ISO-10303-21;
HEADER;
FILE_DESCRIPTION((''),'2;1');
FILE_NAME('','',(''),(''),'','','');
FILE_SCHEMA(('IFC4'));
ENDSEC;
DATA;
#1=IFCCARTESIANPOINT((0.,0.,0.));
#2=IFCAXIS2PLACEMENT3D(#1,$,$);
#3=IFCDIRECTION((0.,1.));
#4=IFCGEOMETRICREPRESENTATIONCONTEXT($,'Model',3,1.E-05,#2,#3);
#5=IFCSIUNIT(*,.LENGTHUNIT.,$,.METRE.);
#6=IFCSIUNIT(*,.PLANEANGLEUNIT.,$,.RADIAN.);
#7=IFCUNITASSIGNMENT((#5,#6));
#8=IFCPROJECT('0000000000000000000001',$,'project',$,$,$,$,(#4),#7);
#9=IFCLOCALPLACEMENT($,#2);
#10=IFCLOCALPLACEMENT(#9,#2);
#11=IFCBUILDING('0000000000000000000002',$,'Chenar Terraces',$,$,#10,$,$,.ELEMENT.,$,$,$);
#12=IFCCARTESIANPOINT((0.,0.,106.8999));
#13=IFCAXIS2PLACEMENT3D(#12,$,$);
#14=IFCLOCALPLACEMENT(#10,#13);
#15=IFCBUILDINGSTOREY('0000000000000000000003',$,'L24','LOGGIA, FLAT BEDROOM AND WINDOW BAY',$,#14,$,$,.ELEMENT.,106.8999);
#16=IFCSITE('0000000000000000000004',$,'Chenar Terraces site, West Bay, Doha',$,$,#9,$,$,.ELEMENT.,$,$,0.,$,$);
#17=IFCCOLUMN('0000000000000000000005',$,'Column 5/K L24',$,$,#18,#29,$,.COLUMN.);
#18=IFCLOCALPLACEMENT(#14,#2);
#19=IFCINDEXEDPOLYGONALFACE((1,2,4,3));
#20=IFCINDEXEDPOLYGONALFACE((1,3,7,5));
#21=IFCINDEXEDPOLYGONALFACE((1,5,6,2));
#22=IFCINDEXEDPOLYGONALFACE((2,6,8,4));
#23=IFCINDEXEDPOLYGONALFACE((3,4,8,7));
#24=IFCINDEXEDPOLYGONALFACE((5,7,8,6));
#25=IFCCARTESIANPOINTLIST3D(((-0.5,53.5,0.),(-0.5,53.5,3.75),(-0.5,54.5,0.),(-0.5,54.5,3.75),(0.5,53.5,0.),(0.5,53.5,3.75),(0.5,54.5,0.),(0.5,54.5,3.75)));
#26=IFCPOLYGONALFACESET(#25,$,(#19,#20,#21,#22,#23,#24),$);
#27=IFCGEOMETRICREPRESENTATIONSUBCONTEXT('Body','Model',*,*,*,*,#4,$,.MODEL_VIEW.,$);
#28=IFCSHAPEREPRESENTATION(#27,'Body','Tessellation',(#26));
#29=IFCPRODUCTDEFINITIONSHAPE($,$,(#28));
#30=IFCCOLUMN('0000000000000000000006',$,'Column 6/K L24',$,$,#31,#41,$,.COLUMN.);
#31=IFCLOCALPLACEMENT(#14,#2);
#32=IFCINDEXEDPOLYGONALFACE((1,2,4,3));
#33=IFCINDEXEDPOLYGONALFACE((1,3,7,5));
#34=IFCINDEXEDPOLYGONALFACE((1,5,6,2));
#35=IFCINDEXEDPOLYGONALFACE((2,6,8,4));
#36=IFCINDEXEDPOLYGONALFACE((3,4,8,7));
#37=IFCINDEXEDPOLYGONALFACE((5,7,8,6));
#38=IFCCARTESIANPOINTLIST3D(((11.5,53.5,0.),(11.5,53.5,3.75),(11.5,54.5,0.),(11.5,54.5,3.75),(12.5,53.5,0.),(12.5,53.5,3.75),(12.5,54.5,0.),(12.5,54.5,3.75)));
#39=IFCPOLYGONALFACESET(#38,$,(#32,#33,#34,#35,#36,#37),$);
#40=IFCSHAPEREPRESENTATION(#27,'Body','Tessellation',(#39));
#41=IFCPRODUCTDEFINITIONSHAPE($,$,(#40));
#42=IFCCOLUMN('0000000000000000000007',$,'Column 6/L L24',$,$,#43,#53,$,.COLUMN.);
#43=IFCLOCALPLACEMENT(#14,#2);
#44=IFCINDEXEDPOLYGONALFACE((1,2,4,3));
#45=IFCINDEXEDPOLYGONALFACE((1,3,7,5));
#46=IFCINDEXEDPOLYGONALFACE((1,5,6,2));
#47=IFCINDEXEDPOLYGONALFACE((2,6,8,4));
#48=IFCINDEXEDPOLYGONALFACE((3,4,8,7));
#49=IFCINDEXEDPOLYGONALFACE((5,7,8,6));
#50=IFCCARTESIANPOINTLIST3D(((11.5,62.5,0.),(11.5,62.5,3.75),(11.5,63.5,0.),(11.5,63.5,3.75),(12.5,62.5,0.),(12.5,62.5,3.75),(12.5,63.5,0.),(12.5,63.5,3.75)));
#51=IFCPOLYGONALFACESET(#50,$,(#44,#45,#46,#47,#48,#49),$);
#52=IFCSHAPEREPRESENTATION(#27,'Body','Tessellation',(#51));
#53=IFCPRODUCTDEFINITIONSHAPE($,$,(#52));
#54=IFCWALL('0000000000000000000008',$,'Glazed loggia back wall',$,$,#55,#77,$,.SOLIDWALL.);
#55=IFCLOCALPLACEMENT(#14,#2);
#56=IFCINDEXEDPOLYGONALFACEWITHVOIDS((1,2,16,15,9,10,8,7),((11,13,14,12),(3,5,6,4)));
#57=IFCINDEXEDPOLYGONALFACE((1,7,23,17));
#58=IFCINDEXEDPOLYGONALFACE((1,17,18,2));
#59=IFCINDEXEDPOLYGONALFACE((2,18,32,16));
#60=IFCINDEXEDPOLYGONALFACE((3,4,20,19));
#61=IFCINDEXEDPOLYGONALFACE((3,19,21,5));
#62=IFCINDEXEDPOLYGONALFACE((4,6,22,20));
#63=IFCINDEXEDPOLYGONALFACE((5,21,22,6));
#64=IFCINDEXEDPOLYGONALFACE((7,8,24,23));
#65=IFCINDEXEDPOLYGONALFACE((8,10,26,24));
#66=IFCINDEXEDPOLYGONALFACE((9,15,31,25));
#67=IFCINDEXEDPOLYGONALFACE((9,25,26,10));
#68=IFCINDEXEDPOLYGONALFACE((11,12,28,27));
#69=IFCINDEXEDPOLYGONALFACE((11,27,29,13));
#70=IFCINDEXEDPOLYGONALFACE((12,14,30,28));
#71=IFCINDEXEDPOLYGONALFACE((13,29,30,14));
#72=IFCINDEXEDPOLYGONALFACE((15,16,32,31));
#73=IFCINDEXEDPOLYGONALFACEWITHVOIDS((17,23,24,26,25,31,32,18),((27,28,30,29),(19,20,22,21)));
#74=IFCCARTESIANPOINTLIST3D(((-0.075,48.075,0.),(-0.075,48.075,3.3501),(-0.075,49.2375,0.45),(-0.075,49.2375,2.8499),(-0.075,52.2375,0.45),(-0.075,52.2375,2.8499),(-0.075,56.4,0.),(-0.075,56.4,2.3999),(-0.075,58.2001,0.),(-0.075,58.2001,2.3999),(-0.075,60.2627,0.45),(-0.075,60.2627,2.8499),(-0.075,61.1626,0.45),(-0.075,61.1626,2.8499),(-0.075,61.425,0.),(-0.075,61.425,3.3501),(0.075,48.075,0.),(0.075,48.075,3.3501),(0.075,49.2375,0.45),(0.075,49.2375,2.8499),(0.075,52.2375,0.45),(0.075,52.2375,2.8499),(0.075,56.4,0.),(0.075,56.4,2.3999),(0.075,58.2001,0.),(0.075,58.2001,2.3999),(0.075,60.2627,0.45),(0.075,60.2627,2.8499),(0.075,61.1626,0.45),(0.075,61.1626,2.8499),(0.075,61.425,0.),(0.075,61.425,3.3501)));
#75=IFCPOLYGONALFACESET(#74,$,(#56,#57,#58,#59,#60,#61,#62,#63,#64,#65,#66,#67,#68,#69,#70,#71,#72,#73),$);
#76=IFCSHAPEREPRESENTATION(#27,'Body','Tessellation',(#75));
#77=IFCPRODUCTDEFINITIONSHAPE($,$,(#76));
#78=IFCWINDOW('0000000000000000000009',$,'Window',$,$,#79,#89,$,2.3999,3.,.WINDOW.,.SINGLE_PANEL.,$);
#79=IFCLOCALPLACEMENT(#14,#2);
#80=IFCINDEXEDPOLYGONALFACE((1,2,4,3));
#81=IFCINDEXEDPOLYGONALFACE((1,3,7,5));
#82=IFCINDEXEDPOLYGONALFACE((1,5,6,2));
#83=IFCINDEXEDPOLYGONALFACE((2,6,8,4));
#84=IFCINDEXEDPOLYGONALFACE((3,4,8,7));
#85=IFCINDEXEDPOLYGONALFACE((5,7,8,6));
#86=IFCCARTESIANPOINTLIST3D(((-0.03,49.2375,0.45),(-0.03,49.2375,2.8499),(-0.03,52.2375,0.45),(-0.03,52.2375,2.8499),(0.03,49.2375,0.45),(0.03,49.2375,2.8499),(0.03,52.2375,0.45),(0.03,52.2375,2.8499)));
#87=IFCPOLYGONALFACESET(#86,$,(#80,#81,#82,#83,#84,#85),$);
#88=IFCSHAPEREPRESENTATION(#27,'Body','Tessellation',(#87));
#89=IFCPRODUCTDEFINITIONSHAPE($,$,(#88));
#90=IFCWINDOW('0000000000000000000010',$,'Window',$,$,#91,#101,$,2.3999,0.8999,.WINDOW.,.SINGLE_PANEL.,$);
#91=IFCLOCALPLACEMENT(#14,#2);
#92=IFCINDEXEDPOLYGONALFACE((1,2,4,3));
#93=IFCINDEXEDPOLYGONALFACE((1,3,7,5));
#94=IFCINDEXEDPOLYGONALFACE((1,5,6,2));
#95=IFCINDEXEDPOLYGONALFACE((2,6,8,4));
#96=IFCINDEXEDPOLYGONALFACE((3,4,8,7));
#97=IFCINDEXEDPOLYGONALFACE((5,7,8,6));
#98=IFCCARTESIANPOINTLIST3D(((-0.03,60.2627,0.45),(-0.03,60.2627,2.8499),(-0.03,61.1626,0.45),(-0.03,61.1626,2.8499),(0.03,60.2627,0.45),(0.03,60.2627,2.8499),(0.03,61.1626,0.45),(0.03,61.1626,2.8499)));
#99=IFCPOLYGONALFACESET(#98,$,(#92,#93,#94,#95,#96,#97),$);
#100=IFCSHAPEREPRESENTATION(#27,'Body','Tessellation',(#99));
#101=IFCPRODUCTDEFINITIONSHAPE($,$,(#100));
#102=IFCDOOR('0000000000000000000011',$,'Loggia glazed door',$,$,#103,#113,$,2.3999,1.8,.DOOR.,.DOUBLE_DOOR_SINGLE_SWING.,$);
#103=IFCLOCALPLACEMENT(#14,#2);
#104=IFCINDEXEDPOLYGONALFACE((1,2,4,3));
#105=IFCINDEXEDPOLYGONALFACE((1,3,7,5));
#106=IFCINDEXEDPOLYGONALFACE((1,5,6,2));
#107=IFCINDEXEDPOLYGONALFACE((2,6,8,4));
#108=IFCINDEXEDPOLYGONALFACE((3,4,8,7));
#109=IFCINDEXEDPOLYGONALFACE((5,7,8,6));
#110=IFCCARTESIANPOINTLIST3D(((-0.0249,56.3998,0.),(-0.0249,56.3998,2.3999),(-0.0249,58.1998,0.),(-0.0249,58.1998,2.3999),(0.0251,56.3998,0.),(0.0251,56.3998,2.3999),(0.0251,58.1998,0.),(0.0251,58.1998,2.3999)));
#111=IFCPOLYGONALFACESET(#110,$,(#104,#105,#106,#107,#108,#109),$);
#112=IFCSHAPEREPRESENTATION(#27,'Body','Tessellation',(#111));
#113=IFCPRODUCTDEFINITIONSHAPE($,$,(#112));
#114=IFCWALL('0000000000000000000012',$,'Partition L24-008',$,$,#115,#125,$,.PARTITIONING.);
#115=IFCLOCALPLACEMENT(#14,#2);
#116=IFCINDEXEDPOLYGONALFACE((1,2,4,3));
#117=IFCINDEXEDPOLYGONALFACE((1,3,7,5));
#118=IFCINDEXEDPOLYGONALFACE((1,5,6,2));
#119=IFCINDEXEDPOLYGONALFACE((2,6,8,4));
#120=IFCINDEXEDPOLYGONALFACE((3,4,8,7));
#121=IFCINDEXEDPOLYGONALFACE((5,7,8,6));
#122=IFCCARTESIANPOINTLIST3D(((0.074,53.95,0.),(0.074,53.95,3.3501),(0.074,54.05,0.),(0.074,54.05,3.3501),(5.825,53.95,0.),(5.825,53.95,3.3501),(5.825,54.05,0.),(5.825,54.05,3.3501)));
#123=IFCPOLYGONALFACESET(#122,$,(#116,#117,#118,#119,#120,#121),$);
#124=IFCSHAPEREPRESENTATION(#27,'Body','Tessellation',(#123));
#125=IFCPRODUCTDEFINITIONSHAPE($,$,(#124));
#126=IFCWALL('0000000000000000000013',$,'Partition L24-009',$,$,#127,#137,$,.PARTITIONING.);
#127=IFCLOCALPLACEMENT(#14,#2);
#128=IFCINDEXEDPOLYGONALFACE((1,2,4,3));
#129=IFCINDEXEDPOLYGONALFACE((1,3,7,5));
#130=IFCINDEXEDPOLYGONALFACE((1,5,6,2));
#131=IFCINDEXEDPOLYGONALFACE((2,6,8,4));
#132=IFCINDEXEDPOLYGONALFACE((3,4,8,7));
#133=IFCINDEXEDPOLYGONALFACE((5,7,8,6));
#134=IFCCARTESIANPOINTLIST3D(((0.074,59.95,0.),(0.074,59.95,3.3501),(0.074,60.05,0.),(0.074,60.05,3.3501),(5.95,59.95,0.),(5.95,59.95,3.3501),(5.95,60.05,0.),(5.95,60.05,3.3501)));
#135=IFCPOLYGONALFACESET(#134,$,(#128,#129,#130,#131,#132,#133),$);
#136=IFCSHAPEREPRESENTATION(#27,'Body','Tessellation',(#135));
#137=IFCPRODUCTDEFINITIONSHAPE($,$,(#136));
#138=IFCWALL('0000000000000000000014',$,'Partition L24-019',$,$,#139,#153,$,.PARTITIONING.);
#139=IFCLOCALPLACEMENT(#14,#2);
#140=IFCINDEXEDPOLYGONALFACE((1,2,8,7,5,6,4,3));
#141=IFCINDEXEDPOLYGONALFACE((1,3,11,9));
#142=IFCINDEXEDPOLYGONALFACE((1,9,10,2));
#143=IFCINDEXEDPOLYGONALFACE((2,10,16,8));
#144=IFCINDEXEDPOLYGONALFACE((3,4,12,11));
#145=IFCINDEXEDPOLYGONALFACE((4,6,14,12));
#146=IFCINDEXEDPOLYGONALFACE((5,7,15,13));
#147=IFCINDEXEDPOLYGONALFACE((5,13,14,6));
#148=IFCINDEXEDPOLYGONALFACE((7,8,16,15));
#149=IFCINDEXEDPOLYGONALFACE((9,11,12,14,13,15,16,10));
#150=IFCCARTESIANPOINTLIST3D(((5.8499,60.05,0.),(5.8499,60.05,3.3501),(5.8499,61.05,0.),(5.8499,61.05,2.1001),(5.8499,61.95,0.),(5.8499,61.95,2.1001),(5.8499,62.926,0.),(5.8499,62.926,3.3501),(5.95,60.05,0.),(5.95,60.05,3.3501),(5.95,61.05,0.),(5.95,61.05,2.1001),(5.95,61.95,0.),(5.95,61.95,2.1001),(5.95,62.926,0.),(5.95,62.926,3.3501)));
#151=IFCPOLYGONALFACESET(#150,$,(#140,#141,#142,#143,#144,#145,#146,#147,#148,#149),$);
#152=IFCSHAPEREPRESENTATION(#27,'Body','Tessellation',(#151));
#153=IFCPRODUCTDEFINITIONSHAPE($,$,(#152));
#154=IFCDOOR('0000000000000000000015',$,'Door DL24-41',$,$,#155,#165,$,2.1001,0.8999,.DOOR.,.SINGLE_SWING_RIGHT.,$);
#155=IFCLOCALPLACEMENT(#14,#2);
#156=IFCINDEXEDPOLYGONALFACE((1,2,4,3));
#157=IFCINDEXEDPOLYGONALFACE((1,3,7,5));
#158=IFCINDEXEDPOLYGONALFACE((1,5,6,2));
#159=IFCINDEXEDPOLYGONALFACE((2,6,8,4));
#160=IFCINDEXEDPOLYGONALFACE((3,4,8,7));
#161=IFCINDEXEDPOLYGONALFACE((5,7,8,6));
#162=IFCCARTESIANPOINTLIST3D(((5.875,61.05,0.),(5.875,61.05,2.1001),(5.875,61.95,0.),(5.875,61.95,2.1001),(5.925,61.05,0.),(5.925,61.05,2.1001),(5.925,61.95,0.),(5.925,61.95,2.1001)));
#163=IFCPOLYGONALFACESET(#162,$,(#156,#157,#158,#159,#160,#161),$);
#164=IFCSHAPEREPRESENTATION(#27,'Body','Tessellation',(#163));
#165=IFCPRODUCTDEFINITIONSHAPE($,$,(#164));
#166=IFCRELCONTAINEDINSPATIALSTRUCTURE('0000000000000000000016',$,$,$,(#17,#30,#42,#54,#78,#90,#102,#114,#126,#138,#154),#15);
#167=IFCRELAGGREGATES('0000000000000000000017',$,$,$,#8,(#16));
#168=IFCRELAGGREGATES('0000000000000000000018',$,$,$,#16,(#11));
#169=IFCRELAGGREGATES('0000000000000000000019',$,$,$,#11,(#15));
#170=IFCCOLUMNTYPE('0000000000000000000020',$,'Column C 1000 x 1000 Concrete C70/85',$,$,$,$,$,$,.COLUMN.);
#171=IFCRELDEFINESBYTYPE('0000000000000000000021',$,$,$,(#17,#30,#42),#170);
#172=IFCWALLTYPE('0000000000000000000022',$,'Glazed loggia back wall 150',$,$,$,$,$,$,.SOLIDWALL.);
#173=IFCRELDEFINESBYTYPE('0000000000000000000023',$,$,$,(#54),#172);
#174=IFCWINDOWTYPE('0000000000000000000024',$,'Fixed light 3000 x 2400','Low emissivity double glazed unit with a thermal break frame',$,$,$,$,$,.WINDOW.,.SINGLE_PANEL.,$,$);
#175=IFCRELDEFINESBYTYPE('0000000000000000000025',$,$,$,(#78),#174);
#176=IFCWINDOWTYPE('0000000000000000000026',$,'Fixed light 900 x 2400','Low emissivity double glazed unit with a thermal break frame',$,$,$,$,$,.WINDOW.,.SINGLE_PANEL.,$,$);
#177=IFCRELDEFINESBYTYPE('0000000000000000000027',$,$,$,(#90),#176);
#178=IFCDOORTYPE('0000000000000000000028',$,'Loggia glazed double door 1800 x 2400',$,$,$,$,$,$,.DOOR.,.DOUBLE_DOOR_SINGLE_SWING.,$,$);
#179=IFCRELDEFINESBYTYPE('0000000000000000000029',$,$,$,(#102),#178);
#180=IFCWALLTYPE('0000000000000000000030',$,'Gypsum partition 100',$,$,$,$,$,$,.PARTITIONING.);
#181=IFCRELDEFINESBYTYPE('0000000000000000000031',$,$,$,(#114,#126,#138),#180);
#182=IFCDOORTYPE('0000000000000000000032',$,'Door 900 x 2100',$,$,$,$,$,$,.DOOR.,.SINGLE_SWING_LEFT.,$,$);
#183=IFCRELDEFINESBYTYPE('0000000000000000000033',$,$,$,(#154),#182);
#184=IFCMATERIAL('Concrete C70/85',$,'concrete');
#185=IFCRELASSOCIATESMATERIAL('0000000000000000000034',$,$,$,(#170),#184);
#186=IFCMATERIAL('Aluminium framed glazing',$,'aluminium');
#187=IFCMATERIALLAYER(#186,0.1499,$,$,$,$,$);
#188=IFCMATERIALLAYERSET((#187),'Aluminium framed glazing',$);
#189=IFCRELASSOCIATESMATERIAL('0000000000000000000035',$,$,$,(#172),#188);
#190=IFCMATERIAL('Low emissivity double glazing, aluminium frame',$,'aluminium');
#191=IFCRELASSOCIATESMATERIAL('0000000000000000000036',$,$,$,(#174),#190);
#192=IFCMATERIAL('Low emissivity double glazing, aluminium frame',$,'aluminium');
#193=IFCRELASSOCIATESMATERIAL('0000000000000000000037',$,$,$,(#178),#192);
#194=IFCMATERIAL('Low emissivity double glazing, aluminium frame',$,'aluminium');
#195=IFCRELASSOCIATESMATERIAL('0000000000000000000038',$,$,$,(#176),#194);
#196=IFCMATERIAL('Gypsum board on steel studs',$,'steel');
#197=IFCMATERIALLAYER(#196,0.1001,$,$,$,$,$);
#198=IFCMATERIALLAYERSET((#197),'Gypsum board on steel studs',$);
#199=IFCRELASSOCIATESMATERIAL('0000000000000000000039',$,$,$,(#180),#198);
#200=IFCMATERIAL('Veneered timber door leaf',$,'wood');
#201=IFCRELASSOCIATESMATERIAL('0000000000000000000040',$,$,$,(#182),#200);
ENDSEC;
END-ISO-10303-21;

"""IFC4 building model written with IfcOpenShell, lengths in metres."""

from ifc_helpers import new_model, si_unit, direction, frame, frame_2d, origin, origin_2d, place, context, subcontext, project, spatial, rectangle, extrude, material, layer, layer_set, material_profile, profile_set, type_object, element, fill, save


model = new_model("IFC4")

# Units and contexts
model_context = context("Model", 3, precision=1e-05, world=origin(), true_north=direction((0.0, 1.0)))
body_context = subcontext(model_context, "Body", "Model", "MODEL_VIEW")
ifc_project = project(units=[si_unit("LENGTHUNIT", "METRE"), si_unit("PLANEANGLEUNIT", "RADIAN")], contexts=[model_context])

# Site, building, storey
site_placement = place(None, origin())
site = spatial("IfcSite", under=ifc_project, at=site_placement, Name="Chenar Terraces site, West Bay, Doha", CompositionType="ELEMENT", RefElevation=0.0)
building_placement = place(site_placement, origin())
building = spatial("IfcBuilding", under=site, at=building_placement, Name="Chenar Terraces", CompositionType="ELEMENT")
storey_placement = place(building_placement, frame((0.0, 0.0, 106.8999)))
storey = spatial("IfcBuildingStorey", under=building, at=storey_placement, Name="L24", Description="LOGGIA, FLAT BEDROOM AND WINDOW BAY", CompositionType="ELEMENT", Elevation=106.8999)

# Columns
ifc_material_1 = material(Name="Concrete C70/85", Category="concrete")
ifc_material_profile_1 = material_profile(ifc_material_1, rectangle(XDim=1.0, YDim=1.0, at=origin_2d()), Name="C 1000 x 1000")
ifc_profile_set_1 = profile_set([ifc_material_profile_1], Name="Concrete C70/85")
column_type = type_object("IfcColumnType", Name="Column C 1000 x 1000 Concrete C70/85", PredefinedType="COLUMN", material=ifc_profile_set_1)
for number, where, z_axis, x_axis, name in (
    (1, (0.0, 54.0, 0.0), (0.0, 0.0, 1.0), (1.0, 0.0, 0.0), "Column 5/K L24"),
    (2, (12.0, 54.0, 0.0), (0.0, 0.0, 1.0), (1.0, 0.0, 0.0), "Column 6/K L24"),
    (3, (12.0, 63.0, 0.0), (0.0, 0.0, 1.0), (1.0, 0.0, 0.0), "Column 6/L L24"),
):
    element("IfcColumn", number, at=place(storey_placement, frame(where, z_axis=z_axis, x_axis=x_axis)), inside=storey, type_object=column_type, Name=name, PredefinedType="COLUMN", context=body_context, shape_type="SweptSolid", body=[
        extrude(rectangle(XDim=1.0, YDim=1.0, at=origin_2d()), origin(), (0.0, 0.0, 1.0), 3.75),
    ])

# Shared definitions
ifc_material_2 = material(Name="Aluminium framed glazing", Category="aluminium")
ifc_layer_1 = layer(ifc_material_2, 0.1499)
ifc_layer_set_1 = layer_set([ifc_layer_1], Name="Aluminium framed glazing")
wall_type_1 = type_object("IfcWallType", Name="Glazed loggia back wall 150", PredefinedType="SOLIDWALL", material=ifc_layer_set_1)
ifc_material_3 = material(Name="Low emissivity double glazing, aluminium frame", Category="aluminium")
window_type_1 = type_object("IfcWindowType", Name="Fixed light 3000 x 2400", Description="Low emissivity double glazed unit with a thermal break frame", PartitioningType="SINGLE_PANEL", PredefinedType="WINDOW", material=ifc_material_3)
ifc_material_4 = material(Name="Low emissivity double glazing, aluminium frame", Category="aluminium")
door_type_1 = type_object("IfcDoorType", Name="Loggia glazed double door 1800 x 2400", OperationType="DOUBLE_DOOR_SINGLE_SWING", PredefinedType="DOOR", material=ifc_material_4)

# Wall, openings, windows, door
wall_1_placement = place(storey_placement, frame((0.0, 61.425, 0.0), z_axis=(0.0, 0.0, 1.0), x_axis=(0.0, -1.0, 0.0)))
wall_1 = element("IfcWall", 4, at=wall_1_placement, inside=storey, type_object=wall_type_1, Name="Glazed loggia back wall", PredefinedType="SOLIDWALL", context=body_context, shape_type="SweptSolid", body=[
    extrude(rectangle(XDim=13.3501, YDim=0.1499, at=frame_2d((6.675, 0.0))), origin(), (0.0, 0.0, 1.0), 3.3501),
])
opening_1_placement = place(wall_1_placement, frame((0.2625, 0.0, 0.45)))
opening_1 = element("IfcOpeningElement", 5, at=opening_1_placement, cuts=wall_1, PredefinedType="OPENING", context=body_context, shape_type="SweptSolid", body=[
    extrude(rectangle(XDim=0.8999, YDim=2.3999, at=frame_2d((0.45, 1.2))), frame((0.0, 0.085, 0.0), z_axis=(0.0, -1.0, 0.0), x_axis=(1.0, 0.0, 0.0)), (0.0, 0.0, 1.0), 0.1699),
])
opening_2_placement = place(wall_1_placement, frame((3.2251, 0.0, 0.0)))
opening_2 = element("IfcOpeningElement", 6, at=opening_2_placement, cuts=wall_1, PredefinedType="OPENING", context=body_context, shape_type="SweptSolid", body=[
    extrude(rectangle(XDim=1.8, YDim=2.3999, at=frame_2d((0.8999, 1.2))), frame((0.0, 0.085, 0.0), z_axis=(0.0, -1.0, 0.0), x_axis=(1.0, 0.0, 0.0)), (0.0, 0.0, 1.0), 0.1699),
])
opening_3_placement = place(wall_1_placement, frame((9.1875, 0.0, 0.45)))
opening_3 = element("IfcOpeningElement", 7, at=opening_3_placement, cuts=wall_1, PredefinedType="OPENING", context=body_context, shape_type="SweptSolid", body=[
    extrude(rectangle(XDim=3.0, YDim=2.3999, at=frame_2d((1.5, 1.2))), frame((0.0, 0.085, 0.0), z_axis=(0.0, -1.0, 0.0), x_axis=(1.0, 0.0, 0.0)), (0.0, 0.0, 1.0), 0.1699),
])
window_1_placement = place(opening_3_placement, origin())
window_1 = element("IfcWindow", 8, at=window_1_placement, inside=storey, type_object=window_type_1, Name="Window", OverallHeight=2.3999, OverallWidth=3.0, PartitioningType="SINGLE_PANEL", PredefinedType="WINDOW", context=body_context, shape_type="SweptSolid", body=[
    extrude(rectangle(XDim=3.0, YDim=2.3999, at=frame_2d((1.5, 1.2))), frame((0.0, 0.03, 0.0), z_axis=(0.0, -1.0, 0.0), x_axis=(1.0, 0.0, 0.0)), (0.0, 0.0, 1.0), 0.0601),
])
fill(opening_3, window_1)
ifc_material_5 = material(Name="Low emissivity double glazing, aluminium frame", Category="aluminium")
window_type_2 = type_object("IfcWindowType", Name="Fixed light 900 x 2400", Description="Low emissivity double glazed unit with a thermal break frame", PartitioningType="SINGLE_PANEL", PredefinedType="WINDOW", material=ifc_material_5)
window_2_placement = place(opening_1_placement, origin())
window_2 = element("IfcWindow", 9, at=window_2_placement, inside=storey, type_object=window_type_2, Name="Window", OverallHeight=2.3999, OverallWidth=0.8999, PartitioningType="SINGLE_PANEL", PredefinedType="WINDOW", context=body_context, shape_type="SweptSolid", body=[
    extrude(rectangle(XDim=0.8999, YDim=2.3999, at=frame_2d((0.45, 1.2))), frame((0.0, 0.03, 0.0), z_axis=(0.0, -1.0, 0.0), x_axis=(1.0, 0.0, 0.0)), (0.0, 0.0, 1.0), 0.0601),
])
fill(opening_1, window_2)
door_1_placement = place(opening_2_placement, frame((1.8, 0.0, 0.0), z_axis=(0.0, 0.0, 1.0), x_axis=(-1.0, 0.0, 0.0)))
door_1 = element("IfcDoor", 10, at=door_1_placement, inside=storey, type_object=door_type_1, Name="Loggia glazed door", OperationType="DOUBLE_DOOR_SINGLE_SWING", OverallHeight=2.3999, OverallWidth=1.8, PredefinedType="DOOR", context=body_context, shape_type="SweptSolid", body=[
    extrude(rectangle(XDim=1.8, YDim=2.3999, at=frame_2d((0.8999, 1.2))), frame((0.0, 0.0249, 0.0), z_axis=(0.0, -1.0, 0.0), x_axis=(1.0, 0.0, 0.0)), (0.0, 0.0, 1.0), 0.05),
])
fill(opening_2, door_1)

# Walls
ifc_material_6 = material(Name="Gypsum board on steel studs", Category="steel")
ifc_layer_2 = layer(ifc_material_6, 0.1001)
ifc_layer_set_2 = layer_set([ifc_layer_2], Name="Gypsum board on steel studs")
wall_type_2 = type_object("IfcWallType", Name="Gypsum partition 100", PredefinedType="PARTITIONING", material=ifc_layer_set_2)
wall_2_placement = place(storey_placement, frame((0.074, 54.0, 0.0), z_axis=(0.0, 0.0, 1.0), x_axis=(1.0, 0.0, 0.0)))
element("IfcWall", 11, at=wall_2_placement, inside=storey, type_object=wall_type_2, Name="Partition L24-008", PredefinedType="PARTITIONING", context=body_context, shape_type="SweptSolid", body=[
    extrude(rectangle(XDim=5.751, YDim=0.1001, at=frame_2d((2.8755, 0.0))), origin(), (0.0, 0.0, 1.0), 3.3501),
])
wall_3_placement = place(storey_placement, frame((0.074, 60.0, 0.0), z_axis=(0.0, 0.0, 1.0), x_axis=(1.0, 0.0, 0.0)))
element("IfcWall", 12, at=wall_3_placement, inside=storey, type_object=wall_type_2, Name="Partition L24-009", PredefinedType="PARTITIONING", context=body_context, shape_type="SweptSolid", body=[
    extrude(rectangle(XDim=5.876, YDim=0.1001, at=frame_2d((2.938, 0.0))), origin(), (0.0, 0.0, 1.0), 3.3501),
])

# Wall, opening, door
wall_4_placement = place(storey_placement, frame((5.8999, 60.05, 0.0), z_axis=(0.0, 0.0, 1.0), x_axis=(0.0, 1.0, 0.0)))
wall_4 = element("IfcWall", 13, at=wall_4_placement, inside=storey, type_object=wall_type_2, Name="Partition L24-019", PredefinedType="PARTITIONING", context=body_context, shape_type="SweptSolid", body=[
    extrude(rectangle(XDim=2.876, YDim=0.1001, at=frame_2d((1.438, 0.0))), origin(), (0.0, 0.0, 1.0), 3.3501),
])
opening_4_placement = place(wall_4_placement, frame((1.0, 0.0, 0.0)))
opening_4 = element("IfcOpeningElement", 14, at=opening_4_placement, cuts=wall_4, PredefinedType="OPENING", context=body_context, shape_type="SweptSolid", body=[
    extrude(rectangle(XDim=0.8999, YDim=2.1001, at=frame_2d((0.45, 1.05))), frame((0.0, 0.0601, 0.0), z_axis=(0.0, -1.0, 0.0), x_axis=(1.0, 0.0, 0.0)), (0.0, 0.0, 1.0), 0.1201),
])
ifc_material_7 = material(Name="Veneered timber door leaf", Category="wood")
door_type_2 = type_object("IfcDoorType", Name="Door 900 x 2100", OperationType="SINGLE_SWING_LEFT", PredefinedType="DOOR", material=ifc_material_7)
door_2_placement = place(opening_4_placement, origin())
door_2 = element("IfcDoor", 15, at=door_2_placement, inside=storey, type_object=door_type_2, Name="Door DL24-41", OperationType="SINGLE_SWING_RIGHT", OverallHeight=2.1001, OverallWidth=0.8999, PredefinedType="DOOR", context=body_context, shape_type="SweptSolid", body=[
    extrude(rectangle(XDim=0.8999, YDim=2.1001, at=frame_2d((0.45, 1.05))), frame((0.0, 0.0249, 0.0), z_axis=(0.0, -1.0, 0.0), x_axis=(1.0, 0.0, 0.0)), (0.0, 0.0, 1.0), 0.05),
])
fill(opening_4, door_2)

save(model, "model.ifc")
